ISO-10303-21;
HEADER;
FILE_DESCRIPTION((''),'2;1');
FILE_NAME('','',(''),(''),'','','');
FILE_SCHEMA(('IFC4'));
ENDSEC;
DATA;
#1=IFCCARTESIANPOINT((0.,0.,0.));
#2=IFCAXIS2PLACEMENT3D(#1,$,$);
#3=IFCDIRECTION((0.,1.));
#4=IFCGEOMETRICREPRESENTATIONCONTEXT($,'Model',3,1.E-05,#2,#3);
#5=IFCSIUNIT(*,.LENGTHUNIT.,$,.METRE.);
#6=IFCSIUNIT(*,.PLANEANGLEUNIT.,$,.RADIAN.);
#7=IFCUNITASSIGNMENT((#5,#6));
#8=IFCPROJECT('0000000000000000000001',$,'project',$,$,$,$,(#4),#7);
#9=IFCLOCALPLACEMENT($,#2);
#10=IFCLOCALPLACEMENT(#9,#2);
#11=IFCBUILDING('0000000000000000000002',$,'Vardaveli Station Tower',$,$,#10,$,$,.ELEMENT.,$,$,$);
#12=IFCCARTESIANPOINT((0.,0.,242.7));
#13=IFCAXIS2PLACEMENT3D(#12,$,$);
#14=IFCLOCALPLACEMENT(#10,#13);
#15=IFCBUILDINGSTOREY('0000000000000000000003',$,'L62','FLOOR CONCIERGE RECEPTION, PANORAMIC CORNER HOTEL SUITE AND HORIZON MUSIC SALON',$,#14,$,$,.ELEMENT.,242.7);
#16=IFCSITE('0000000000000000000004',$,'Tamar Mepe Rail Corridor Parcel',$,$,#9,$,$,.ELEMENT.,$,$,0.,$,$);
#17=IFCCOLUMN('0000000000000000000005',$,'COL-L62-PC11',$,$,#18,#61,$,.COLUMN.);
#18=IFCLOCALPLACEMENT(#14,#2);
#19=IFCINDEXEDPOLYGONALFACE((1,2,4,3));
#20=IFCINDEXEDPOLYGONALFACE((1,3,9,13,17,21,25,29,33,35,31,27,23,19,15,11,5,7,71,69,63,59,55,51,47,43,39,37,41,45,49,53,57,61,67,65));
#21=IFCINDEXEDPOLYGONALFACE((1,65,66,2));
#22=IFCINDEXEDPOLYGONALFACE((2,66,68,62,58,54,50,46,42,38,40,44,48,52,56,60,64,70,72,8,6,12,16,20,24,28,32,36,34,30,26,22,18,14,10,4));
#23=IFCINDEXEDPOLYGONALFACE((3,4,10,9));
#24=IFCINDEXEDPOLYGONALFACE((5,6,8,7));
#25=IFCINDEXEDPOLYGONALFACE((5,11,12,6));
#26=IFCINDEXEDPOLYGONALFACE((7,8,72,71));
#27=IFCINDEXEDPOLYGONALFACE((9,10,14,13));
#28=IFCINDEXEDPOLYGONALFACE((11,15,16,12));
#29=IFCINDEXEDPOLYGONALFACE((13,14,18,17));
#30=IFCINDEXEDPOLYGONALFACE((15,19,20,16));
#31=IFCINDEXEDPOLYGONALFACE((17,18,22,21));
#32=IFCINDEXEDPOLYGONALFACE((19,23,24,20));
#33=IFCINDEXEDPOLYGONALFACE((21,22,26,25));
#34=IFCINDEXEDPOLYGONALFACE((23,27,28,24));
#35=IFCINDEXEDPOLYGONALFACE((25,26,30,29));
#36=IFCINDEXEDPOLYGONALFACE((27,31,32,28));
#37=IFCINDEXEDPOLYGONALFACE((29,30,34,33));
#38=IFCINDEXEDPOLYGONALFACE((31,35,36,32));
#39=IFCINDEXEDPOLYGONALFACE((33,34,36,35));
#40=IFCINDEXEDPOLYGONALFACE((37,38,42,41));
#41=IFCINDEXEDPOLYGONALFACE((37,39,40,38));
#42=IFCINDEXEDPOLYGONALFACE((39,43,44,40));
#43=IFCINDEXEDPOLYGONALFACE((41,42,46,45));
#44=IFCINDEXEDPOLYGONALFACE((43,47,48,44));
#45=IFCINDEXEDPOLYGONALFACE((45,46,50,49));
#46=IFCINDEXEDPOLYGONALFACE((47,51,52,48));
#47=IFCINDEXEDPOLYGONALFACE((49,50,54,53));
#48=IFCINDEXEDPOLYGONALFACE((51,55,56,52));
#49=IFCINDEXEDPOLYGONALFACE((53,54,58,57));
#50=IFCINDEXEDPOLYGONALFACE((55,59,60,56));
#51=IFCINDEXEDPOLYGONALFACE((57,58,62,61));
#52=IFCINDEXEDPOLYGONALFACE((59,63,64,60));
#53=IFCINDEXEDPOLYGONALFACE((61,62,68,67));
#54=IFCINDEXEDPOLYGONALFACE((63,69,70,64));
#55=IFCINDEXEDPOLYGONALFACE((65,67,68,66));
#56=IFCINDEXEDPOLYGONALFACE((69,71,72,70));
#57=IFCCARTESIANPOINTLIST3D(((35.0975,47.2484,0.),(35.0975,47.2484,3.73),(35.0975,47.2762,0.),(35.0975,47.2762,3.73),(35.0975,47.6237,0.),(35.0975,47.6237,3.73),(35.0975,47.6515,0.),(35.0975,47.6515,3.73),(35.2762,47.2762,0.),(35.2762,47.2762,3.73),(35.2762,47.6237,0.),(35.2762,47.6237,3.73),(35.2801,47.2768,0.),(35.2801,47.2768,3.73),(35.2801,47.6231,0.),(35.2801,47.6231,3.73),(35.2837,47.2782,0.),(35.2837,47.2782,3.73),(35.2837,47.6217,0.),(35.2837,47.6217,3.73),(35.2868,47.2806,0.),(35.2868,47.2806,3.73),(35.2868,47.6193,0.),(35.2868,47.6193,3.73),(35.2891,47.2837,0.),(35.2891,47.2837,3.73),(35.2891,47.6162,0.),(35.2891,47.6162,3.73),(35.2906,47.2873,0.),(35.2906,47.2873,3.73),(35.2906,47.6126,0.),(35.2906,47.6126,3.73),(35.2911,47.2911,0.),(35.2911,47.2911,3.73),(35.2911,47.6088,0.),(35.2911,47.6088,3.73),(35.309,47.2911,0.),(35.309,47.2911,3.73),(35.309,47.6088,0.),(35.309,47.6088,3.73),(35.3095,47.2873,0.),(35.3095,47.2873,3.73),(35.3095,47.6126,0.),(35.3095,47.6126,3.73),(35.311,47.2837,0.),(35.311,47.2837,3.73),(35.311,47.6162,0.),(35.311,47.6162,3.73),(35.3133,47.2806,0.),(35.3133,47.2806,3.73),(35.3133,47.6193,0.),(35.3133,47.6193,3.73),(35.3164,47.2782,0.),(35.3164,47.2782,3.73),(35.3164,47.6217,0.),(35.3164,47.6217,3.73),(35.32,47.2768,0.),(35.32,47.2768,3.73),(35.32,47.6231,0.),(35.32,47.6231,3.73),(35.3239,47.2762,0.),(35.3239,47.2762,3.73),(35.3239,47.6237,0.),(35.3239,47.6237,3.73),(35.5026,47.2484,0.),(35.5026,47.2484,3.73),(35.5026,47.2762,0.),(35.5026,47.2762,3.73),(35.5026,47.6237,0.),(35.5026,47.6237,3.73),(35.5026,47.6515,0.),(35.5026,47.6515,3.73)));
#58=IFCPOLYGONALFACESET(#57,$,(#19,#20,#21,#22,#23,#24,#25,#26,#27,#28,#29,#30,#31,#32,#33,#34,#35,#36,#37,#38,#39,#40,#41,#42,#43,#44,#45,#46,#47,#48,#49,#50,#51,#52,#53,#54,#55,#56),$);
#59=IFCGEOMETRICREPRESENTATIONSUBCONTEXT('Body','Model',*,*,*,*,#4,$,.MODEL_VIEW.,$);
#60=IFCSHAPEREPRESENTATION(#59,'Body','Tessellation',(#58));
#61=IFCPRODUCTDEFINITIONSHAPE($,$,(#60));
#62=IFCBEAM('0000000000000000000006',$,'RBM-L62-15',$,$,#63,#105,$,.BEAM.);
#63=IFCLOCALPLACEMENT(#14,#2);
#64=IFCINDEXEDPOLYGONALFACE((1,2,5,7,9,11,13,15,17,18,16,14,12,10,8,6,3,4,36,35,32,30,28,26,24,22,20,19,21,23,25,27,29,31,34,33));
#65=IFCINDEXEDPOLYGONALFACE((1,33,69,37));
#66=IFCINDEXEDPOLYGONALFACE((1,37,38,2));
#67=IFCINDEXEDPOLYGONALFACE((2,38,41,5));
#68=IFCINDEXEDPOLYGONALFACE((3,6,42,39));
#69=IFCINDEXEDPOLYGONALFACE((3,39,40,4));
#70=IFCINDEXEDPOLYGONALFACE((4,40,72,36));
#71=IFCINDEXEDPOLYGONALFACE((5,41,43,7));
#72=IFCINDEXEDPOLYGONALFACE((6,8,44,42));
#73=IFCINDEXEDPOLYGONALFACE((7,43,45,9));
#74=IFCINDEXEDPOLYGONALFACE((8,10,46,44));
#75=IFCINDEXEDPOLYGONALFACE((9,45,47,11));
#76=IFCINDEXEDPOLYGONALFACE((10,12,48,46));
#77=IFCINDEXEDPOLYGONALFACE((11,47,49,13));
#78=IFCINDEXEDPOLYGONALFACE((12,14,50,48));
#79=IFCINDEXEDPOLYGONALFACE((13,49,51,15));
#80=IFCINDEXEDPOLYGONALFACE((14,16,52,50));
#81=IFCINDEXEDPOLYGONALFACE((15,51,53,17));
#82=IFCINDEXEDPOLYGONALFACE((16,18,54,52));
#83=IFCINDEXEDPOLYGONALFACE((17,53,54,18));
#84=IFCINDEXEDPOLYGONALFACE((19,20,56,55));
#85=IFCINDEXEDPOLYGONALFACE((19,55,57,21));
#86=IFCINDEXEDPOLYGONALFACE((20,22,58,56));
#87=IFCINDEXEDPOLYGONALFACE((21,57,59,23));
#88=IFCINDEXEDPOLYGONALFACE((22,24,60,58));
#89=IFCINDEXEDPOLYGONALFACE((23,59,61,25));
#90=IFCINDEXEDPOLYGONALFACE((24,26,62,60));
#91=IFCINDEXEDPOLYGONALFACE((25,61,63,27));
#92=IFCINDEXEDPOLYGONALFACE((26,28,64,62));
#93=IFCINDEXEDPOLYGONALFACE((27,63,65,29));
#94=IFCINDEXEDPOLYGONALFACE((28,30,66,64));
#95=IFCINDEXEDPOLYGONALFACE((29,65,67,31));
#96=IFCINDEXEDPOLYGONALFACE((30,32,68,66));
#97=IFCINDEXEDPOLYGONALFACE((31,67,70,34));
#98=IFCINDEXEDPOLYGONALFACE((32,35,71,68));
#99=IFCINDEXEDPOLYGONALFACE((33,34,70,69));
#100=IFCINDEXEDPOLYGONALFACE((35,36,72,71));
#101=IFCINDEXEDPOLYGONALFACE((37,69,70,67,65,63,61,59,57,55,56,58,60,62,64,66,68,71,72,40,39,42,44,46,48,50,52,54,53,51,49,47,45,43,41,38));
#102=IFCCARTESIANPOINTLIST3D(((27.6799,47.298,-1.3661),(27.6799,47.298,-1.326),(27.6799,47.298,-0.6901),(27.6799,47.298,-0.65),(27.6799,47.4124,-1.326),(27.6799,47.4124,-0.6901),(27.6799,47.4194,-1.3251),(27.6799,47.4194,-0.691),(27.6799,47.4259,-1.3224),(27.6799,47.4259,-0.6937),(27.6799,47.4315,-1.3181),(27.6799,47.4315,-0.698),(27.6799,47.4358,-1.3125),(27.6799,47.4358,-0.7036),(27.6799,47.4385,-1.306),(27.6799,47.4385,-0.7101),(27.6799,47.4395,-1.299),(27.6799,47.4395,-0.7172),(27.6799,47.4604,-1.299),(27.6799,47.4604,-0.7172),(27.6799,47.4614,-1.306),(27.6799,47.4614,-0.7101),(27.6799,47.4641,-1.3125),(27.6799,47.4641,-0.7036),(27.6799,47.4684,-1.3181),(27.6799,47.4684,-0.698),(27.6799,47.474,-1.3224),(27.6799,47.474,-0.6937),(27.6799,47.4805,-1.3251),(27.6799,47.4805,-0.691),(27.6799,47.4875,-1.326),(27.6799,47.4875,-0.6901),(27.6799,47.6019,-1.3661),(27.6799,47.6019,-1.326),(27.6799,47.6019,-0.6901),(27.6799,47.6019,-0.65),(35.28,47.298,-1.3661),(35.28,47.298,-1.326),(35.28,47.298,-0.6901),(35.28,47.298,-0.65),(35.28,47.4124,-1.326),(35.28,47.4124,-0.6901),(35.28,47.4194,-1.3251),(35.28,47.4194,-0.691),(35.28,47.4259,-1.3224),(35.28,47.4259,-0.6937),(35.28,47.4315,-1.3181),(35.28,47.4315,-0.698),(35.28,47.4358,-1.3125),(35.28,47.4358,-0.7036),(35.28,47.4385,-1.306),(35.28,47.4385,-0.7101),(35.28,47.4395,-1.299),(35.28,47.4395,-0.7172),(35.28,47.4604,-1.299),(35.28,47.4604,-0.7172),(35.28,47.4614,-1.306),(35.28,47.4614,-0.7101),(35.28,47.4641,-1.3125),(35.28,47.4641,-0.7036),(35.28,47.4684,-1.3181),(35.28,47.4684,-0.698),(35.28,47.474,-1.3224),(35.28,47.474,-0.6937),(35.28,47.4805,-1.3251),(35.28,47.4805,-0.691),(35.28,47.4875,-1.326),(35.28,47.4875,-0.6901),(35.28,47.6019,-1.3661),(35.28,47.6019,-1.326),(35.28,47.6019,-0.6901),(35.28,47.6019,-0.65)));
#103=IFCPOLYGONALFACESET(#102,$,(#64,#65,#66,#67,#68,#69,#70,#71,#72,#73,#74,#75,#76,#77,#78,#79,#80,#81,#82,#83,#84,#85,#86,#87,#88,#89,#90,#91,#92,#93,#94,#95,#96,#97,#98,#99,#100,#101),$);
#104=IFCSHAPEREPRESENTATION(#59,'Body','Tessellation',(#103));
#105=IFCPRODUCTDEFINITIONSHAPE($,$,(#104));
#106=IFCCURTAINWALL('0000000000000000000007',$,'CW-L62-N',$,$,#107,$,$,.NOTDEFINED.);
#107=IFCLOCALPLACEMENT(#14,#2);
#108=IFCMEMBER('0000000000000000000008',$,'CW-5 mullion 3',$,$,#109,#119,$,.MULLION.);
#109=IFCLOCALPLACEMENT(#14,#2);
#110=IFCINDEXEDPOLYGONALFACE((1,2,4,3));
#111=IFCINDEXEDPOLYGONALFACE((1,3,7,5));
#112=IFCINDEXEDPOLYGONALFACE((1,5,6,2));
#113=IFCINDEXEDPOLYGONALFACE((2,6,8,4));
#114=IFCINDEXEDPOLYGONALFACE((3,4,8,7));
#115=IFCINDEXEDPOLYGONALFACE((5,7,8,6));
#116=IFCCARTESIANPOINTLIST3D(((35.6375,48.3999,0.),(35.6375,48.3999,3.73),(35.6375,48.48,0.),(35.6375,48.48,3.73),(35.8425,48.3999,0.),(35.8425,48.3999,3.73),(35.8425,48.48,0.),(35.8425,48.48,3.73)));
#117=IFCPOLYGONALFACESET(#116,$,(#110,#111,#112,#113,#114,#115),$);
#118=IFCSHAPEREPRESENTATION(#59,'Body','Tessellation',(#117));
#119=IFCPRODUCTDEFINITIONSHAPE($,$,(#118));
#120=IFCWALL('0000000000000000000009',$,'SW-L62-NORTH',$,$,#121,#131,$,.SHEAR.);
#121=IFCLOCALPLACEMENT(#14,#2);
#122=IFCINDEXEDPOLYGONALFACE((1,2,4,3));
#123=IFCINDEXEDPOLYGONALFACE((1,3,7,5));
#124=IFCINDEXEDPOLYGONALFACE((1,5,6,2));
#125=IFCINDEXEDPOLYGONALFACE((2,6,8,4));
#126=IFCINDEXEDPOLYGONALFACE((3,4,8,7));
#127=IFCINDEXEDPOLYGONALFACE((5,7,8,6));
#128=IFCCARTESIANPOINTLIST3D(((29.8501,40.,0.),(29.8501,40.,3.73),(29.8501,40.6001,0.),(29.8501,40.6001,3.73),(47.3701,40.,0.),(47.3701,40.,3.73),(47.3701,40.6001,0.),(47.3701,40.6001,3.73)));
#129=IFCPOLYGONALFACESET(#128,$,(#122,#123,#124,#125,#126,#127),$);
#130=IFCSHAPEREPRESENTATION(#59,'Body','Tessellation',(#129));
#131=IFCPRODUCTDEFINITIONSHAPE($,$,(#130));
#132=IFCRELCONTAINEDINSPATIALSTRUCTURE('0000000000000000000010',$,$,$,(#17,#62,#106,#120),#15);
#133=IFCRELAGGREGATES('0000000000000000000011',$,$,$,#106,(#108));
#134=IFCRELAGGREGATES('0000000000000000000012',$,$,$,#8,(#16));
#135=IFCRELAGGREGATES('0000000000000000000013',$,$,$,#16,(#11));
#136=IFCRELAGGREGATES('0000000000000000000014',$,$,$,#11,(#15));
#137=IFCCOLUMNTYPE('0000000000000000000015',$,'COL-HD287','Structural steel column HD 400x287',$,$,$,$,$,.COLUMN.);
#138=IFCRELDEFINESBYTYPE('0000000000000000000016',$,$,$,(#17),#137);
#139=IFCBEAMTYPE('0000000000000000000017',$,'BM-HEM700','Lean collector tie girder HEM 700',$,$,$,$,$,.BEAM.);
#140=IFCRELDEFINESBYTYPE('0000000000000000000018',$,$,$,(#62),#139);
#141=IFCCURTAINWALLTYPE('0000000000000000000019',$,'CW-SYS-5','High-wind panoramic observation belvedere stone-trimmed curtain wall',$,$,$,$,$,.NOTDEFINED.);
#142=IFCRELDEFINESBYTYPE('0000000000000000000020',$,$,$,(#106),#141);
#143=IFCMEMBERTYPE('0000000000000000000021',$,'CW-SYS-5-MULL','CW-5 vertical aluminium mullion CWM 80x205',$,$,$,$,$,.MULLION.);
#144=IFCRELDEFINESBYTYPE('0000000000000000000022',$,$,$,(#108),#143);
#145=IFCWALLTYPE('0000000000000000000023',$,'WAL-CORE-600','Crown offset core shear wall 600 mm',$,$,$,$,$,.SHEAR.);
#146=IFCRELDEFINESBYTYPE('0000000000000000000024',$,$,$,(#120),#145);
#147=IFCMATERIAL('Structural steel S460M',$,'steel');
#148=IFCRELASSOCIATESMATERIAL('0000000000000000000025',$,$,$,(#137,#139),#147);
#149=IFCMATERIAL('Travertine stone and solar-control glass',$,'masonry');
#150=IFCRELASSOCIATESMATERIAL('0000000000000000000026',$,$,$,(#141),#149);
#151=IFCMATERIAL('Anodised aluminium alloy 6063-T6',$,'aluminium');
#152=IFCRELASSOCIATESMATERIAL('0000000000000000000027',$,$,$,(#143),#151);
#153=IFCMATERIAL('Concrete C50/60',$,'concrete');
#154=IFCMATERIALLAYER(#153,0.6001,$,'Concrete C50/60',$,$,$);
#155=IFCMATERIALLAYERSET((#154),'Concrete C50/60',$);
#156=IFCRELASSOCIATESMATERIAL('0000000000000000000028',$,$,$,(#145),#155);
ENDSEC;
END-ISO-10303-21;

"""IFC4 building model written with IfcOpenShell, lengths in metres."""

from ifc_helpers import new_model, si_unit, direction, frame, frame_2d, origin, origin_2d, place, context, subcontext, project, spatial, rectangle, i_section, extrude, source, transform, mapped, material, layer, layer_set, material_profile, profile_set, type_object, element, aggregate, save


model = new_model("IFC4")

# Units and contexts
model_context = context("Model", 3, precision=1e-05, world=origin(), true_north=direction((0.0, 1.0)))
body_context = subcontext(model_context, "Body", "Model", "MODEL_VIEW")
ifc_project = project(units=[si_unit("LENGTHUNIT", "METRE"), si_unit("PLANEANGLEUNIT", "RADIAN")], contexts=[model_context])

# Site, building, storey
site_placement = place(None, origin())
site = spatial("IfcSite", under=ifc_project, at=site_placement, Name="Tamar Mepe Rail Corridor Parcel", CompositionType="ELEMENT", RefElevation=0.0)
building_placement = place(site_placement, origin())
building = spatial("IfcBuilding", under=site, at=building_placement, Name="Vardaveli Station Tower", CompositionType="ELEMENT")
storey_placement = place(building_placement, frame((0.0, 0.0, 242.7)))
storey = spatial("IfcBuildingStorey", under=building, at=storey_placement, Name="L62", Description="FLOOR CONCIERGE RECEPTION, PANORAMIC CORNER HOTEL SUITE AND HORIZON MUSIC SALON", CompositionType="ELEMENT", Elevation=242.7)

# Column
ifc_material_1 = material(Name="Structural steel S460M", Category="steel")
ifc_material_profile_1 = material_profile(ifc_material_1, i_section(OverallWidth=0.405, OverallDepth=0.4031, WebThickness=0.0178, FlangeThickness=0.0278, FilletRadius=0.0149, at=origin_2d()), Name="HD 400x287")
ifc_profile_set_1 = profile_set([ifc_material_profile_1], Name="Structural steel S460M")
column_type = type_object("IfcColumnType", Name="COL-HD287", Description="Structural steel column HD 400x287", PredefinedType="COLUMN", material=ifc_profile_set_1)
shared_shape_1 = source(origin(), body_context, "Body", "SweptSolid", [
    extrude(i_section(OverallWidth=0.405, OverallDepth=0.4031, WebThickness=0.0178, FlangeThickness=0.0278, FilletRadius=0.0149, at=origin_2d()), origin(), (0.0, 0.0, 1.0), 3.73),
])
column_placement = place(storey_placement, frame((35.3, 47.45, 0.0), z_axis=(0.0, 0.0, 1.0), x_axis=(1.0, 0.0, 0.0)))
element("IfcColumn", 1, at=column_placement, inside=storey, type_object=column_type, Name="COL-L62-PC11", PredefinedType="COLUMN", context=body_context, shape_type="MappedRepresentation", body=[
    mapped(shared_shape_1, transform((0.0, 0.0, 0.0), scale=1.0)),
])

# Beam
ifc_material_profile_2 = material_profile(ifc_material_1, i_section(OverallWidth=0.304, OverallDepth=0.7161, WebThickness=0.021, FlangeThickness=0.04, FilletRadius=0.0271, at=origin_2d()), Name="HEM 700")
ifc_profile_set_2 = profile_set([ifc_material_profile_2], Name="Structural steel S460M")
beam_type = type_object("IfcBeamType", Name="BM-HEM700", Description="Lean collector tie girder HEM 700", PredefinedType="BEAM", material=ifc_profile_set_2)
shared_shape_2 = source(origin(), body_context, "Body", "SweptSolid", [
    extrude(i_section(OverallWidth=0.304, OverallDepth=0.7161, WebThickness=0.021, FlangeThickness=0.04, FilletRadius=0.0271, at=origin_2d()), origin(), (0.0, 0.0, 1.0), 7.6001),
])
beam_placement = place(storey_placement, frame((35.28, 47.45, -1.0081), z_axis=(-1.0, 0.0, 0.0), x_axis=(0.0, -1.0, 0.0)))
element("IfcBeam", 2, at=beam_placement, inside=storey, type_object=beam_type, Name="RBM-L62-15", PredefinedType="BEAM", context=body_context, shape_type="MappedRepresentation", body=[
    mapped(shared_shape_2, transform((0.0, 0.0, 0.0), scale=1.0)),
])

# Curtain wall, member
ifc_material_2 = material(Name="Travertine stone and solar-control glass", Category="masonry")
curtain_wall_type = type_object("IfcCurtainWallType", Name="CW-SYS-5", Description="High-wind panoramic observation belvedere stone-trimmed curtain wall", PredefinedType="NOTDEFINED", material=ifc_material_2)
curtain_wall_placement = place(storey_placement, origin())
curtain_wall = element("IfcCurtainWall", 3, at=curtain_wall_placement, inside=storey, type_object=curtain_wall_type, Name="CW-L62-N", PredefinedType="NOTDEFINED")
ifc_material_3 = material(Name="Anodised aluminium alloy 6063-T6", Category="aluminium")
ifc_material_profile_3 = material_profile(ifc_material_3, rectangle(XDim=0.0801, YDim=0.2051, at=origin_2d()), Name="CWM 80x205")
ifc_profile_set_3 = profile_set([ifc_material_profile_3], Name="Anodised aluminium alloy 6063-T6")
member_type = type_object("IfcMemberType", Name="CW-SYS-5-MULL", Description="CW-5 vertical aluminium mullion CWM 80x205", PredefinedType="MULLION", material=ifc_profile_set_3)
shared_shape_3 = source(origin(), body_context, "Body", "SweptSolid", [
    extrude(rectangle(XDim=0.0801, YDim=0.2051, at=origin_2d()), origin(), (0.0, 0.0, 1.0), 3.73),
])
member_placement = place(storey_placement, frame((35.74, 48.4399, 0.0), z_axis=(0.0, 0.0, 1.0), x_axis=(0.0, -1.0, 0.0)))
member = element("IfcMember", 4, at=member_placement, type_object=member_type, Name="CW-5 mullion 3", PredefinedType="MULLION", context=body_context, shape_type="MappedRepresentation", body=[
    mapped(shared_shape_3, transform((0.0, 0.0, 0.0), scale=1.0)),
])
aggregate(curtain_wall, [member])

# Wall
ifc_material_4 = material(Name="Concrete C50/60", Category="concrete")
ifc_layer_1 = layer(ifc_material_4, 0.6001, Name="Concrete C50/60")
ifc_layer_set_1 = layer_set([ifc_layer_1], Name="Concrete C50/60")
wall_type_1 = type_object("IfcWallType", Name="WAL-CORE-600", Description="Crown offset core shear wall 600 mm", PredefinedType="SHEAR", material=ifc_layer_set_1)
shared_shape_4 = source(origin(), body_context, "Body", "SweptSolid", [
    extrude(rectangle(XDim=17.52, YDim=0.6001, at=frame_2d((8.76, 0.0))), origin(), (0.0, 0.0, 1.0), 3.73),
])
wall_1_placement = place(storey_placement, frame((29.8501, 40.3, 0.0), z_axis=(0.0, 0.0, 1.0), x_axis=(1.0, 0.0, 0.0)))
element("IfcWall", 5, at=wall_1_placement, inside=storey, type_object=wall_type_1, Name="SW-L62-NORTH", PredefinedType="SHEAR", context=body_context, shape_type="MappedRepresentation", body=[
    mapped(shared_shape_4, transform((0.0, 0.0, 0.0), scale=1.0)),
])

save(model, "model.ifc")
